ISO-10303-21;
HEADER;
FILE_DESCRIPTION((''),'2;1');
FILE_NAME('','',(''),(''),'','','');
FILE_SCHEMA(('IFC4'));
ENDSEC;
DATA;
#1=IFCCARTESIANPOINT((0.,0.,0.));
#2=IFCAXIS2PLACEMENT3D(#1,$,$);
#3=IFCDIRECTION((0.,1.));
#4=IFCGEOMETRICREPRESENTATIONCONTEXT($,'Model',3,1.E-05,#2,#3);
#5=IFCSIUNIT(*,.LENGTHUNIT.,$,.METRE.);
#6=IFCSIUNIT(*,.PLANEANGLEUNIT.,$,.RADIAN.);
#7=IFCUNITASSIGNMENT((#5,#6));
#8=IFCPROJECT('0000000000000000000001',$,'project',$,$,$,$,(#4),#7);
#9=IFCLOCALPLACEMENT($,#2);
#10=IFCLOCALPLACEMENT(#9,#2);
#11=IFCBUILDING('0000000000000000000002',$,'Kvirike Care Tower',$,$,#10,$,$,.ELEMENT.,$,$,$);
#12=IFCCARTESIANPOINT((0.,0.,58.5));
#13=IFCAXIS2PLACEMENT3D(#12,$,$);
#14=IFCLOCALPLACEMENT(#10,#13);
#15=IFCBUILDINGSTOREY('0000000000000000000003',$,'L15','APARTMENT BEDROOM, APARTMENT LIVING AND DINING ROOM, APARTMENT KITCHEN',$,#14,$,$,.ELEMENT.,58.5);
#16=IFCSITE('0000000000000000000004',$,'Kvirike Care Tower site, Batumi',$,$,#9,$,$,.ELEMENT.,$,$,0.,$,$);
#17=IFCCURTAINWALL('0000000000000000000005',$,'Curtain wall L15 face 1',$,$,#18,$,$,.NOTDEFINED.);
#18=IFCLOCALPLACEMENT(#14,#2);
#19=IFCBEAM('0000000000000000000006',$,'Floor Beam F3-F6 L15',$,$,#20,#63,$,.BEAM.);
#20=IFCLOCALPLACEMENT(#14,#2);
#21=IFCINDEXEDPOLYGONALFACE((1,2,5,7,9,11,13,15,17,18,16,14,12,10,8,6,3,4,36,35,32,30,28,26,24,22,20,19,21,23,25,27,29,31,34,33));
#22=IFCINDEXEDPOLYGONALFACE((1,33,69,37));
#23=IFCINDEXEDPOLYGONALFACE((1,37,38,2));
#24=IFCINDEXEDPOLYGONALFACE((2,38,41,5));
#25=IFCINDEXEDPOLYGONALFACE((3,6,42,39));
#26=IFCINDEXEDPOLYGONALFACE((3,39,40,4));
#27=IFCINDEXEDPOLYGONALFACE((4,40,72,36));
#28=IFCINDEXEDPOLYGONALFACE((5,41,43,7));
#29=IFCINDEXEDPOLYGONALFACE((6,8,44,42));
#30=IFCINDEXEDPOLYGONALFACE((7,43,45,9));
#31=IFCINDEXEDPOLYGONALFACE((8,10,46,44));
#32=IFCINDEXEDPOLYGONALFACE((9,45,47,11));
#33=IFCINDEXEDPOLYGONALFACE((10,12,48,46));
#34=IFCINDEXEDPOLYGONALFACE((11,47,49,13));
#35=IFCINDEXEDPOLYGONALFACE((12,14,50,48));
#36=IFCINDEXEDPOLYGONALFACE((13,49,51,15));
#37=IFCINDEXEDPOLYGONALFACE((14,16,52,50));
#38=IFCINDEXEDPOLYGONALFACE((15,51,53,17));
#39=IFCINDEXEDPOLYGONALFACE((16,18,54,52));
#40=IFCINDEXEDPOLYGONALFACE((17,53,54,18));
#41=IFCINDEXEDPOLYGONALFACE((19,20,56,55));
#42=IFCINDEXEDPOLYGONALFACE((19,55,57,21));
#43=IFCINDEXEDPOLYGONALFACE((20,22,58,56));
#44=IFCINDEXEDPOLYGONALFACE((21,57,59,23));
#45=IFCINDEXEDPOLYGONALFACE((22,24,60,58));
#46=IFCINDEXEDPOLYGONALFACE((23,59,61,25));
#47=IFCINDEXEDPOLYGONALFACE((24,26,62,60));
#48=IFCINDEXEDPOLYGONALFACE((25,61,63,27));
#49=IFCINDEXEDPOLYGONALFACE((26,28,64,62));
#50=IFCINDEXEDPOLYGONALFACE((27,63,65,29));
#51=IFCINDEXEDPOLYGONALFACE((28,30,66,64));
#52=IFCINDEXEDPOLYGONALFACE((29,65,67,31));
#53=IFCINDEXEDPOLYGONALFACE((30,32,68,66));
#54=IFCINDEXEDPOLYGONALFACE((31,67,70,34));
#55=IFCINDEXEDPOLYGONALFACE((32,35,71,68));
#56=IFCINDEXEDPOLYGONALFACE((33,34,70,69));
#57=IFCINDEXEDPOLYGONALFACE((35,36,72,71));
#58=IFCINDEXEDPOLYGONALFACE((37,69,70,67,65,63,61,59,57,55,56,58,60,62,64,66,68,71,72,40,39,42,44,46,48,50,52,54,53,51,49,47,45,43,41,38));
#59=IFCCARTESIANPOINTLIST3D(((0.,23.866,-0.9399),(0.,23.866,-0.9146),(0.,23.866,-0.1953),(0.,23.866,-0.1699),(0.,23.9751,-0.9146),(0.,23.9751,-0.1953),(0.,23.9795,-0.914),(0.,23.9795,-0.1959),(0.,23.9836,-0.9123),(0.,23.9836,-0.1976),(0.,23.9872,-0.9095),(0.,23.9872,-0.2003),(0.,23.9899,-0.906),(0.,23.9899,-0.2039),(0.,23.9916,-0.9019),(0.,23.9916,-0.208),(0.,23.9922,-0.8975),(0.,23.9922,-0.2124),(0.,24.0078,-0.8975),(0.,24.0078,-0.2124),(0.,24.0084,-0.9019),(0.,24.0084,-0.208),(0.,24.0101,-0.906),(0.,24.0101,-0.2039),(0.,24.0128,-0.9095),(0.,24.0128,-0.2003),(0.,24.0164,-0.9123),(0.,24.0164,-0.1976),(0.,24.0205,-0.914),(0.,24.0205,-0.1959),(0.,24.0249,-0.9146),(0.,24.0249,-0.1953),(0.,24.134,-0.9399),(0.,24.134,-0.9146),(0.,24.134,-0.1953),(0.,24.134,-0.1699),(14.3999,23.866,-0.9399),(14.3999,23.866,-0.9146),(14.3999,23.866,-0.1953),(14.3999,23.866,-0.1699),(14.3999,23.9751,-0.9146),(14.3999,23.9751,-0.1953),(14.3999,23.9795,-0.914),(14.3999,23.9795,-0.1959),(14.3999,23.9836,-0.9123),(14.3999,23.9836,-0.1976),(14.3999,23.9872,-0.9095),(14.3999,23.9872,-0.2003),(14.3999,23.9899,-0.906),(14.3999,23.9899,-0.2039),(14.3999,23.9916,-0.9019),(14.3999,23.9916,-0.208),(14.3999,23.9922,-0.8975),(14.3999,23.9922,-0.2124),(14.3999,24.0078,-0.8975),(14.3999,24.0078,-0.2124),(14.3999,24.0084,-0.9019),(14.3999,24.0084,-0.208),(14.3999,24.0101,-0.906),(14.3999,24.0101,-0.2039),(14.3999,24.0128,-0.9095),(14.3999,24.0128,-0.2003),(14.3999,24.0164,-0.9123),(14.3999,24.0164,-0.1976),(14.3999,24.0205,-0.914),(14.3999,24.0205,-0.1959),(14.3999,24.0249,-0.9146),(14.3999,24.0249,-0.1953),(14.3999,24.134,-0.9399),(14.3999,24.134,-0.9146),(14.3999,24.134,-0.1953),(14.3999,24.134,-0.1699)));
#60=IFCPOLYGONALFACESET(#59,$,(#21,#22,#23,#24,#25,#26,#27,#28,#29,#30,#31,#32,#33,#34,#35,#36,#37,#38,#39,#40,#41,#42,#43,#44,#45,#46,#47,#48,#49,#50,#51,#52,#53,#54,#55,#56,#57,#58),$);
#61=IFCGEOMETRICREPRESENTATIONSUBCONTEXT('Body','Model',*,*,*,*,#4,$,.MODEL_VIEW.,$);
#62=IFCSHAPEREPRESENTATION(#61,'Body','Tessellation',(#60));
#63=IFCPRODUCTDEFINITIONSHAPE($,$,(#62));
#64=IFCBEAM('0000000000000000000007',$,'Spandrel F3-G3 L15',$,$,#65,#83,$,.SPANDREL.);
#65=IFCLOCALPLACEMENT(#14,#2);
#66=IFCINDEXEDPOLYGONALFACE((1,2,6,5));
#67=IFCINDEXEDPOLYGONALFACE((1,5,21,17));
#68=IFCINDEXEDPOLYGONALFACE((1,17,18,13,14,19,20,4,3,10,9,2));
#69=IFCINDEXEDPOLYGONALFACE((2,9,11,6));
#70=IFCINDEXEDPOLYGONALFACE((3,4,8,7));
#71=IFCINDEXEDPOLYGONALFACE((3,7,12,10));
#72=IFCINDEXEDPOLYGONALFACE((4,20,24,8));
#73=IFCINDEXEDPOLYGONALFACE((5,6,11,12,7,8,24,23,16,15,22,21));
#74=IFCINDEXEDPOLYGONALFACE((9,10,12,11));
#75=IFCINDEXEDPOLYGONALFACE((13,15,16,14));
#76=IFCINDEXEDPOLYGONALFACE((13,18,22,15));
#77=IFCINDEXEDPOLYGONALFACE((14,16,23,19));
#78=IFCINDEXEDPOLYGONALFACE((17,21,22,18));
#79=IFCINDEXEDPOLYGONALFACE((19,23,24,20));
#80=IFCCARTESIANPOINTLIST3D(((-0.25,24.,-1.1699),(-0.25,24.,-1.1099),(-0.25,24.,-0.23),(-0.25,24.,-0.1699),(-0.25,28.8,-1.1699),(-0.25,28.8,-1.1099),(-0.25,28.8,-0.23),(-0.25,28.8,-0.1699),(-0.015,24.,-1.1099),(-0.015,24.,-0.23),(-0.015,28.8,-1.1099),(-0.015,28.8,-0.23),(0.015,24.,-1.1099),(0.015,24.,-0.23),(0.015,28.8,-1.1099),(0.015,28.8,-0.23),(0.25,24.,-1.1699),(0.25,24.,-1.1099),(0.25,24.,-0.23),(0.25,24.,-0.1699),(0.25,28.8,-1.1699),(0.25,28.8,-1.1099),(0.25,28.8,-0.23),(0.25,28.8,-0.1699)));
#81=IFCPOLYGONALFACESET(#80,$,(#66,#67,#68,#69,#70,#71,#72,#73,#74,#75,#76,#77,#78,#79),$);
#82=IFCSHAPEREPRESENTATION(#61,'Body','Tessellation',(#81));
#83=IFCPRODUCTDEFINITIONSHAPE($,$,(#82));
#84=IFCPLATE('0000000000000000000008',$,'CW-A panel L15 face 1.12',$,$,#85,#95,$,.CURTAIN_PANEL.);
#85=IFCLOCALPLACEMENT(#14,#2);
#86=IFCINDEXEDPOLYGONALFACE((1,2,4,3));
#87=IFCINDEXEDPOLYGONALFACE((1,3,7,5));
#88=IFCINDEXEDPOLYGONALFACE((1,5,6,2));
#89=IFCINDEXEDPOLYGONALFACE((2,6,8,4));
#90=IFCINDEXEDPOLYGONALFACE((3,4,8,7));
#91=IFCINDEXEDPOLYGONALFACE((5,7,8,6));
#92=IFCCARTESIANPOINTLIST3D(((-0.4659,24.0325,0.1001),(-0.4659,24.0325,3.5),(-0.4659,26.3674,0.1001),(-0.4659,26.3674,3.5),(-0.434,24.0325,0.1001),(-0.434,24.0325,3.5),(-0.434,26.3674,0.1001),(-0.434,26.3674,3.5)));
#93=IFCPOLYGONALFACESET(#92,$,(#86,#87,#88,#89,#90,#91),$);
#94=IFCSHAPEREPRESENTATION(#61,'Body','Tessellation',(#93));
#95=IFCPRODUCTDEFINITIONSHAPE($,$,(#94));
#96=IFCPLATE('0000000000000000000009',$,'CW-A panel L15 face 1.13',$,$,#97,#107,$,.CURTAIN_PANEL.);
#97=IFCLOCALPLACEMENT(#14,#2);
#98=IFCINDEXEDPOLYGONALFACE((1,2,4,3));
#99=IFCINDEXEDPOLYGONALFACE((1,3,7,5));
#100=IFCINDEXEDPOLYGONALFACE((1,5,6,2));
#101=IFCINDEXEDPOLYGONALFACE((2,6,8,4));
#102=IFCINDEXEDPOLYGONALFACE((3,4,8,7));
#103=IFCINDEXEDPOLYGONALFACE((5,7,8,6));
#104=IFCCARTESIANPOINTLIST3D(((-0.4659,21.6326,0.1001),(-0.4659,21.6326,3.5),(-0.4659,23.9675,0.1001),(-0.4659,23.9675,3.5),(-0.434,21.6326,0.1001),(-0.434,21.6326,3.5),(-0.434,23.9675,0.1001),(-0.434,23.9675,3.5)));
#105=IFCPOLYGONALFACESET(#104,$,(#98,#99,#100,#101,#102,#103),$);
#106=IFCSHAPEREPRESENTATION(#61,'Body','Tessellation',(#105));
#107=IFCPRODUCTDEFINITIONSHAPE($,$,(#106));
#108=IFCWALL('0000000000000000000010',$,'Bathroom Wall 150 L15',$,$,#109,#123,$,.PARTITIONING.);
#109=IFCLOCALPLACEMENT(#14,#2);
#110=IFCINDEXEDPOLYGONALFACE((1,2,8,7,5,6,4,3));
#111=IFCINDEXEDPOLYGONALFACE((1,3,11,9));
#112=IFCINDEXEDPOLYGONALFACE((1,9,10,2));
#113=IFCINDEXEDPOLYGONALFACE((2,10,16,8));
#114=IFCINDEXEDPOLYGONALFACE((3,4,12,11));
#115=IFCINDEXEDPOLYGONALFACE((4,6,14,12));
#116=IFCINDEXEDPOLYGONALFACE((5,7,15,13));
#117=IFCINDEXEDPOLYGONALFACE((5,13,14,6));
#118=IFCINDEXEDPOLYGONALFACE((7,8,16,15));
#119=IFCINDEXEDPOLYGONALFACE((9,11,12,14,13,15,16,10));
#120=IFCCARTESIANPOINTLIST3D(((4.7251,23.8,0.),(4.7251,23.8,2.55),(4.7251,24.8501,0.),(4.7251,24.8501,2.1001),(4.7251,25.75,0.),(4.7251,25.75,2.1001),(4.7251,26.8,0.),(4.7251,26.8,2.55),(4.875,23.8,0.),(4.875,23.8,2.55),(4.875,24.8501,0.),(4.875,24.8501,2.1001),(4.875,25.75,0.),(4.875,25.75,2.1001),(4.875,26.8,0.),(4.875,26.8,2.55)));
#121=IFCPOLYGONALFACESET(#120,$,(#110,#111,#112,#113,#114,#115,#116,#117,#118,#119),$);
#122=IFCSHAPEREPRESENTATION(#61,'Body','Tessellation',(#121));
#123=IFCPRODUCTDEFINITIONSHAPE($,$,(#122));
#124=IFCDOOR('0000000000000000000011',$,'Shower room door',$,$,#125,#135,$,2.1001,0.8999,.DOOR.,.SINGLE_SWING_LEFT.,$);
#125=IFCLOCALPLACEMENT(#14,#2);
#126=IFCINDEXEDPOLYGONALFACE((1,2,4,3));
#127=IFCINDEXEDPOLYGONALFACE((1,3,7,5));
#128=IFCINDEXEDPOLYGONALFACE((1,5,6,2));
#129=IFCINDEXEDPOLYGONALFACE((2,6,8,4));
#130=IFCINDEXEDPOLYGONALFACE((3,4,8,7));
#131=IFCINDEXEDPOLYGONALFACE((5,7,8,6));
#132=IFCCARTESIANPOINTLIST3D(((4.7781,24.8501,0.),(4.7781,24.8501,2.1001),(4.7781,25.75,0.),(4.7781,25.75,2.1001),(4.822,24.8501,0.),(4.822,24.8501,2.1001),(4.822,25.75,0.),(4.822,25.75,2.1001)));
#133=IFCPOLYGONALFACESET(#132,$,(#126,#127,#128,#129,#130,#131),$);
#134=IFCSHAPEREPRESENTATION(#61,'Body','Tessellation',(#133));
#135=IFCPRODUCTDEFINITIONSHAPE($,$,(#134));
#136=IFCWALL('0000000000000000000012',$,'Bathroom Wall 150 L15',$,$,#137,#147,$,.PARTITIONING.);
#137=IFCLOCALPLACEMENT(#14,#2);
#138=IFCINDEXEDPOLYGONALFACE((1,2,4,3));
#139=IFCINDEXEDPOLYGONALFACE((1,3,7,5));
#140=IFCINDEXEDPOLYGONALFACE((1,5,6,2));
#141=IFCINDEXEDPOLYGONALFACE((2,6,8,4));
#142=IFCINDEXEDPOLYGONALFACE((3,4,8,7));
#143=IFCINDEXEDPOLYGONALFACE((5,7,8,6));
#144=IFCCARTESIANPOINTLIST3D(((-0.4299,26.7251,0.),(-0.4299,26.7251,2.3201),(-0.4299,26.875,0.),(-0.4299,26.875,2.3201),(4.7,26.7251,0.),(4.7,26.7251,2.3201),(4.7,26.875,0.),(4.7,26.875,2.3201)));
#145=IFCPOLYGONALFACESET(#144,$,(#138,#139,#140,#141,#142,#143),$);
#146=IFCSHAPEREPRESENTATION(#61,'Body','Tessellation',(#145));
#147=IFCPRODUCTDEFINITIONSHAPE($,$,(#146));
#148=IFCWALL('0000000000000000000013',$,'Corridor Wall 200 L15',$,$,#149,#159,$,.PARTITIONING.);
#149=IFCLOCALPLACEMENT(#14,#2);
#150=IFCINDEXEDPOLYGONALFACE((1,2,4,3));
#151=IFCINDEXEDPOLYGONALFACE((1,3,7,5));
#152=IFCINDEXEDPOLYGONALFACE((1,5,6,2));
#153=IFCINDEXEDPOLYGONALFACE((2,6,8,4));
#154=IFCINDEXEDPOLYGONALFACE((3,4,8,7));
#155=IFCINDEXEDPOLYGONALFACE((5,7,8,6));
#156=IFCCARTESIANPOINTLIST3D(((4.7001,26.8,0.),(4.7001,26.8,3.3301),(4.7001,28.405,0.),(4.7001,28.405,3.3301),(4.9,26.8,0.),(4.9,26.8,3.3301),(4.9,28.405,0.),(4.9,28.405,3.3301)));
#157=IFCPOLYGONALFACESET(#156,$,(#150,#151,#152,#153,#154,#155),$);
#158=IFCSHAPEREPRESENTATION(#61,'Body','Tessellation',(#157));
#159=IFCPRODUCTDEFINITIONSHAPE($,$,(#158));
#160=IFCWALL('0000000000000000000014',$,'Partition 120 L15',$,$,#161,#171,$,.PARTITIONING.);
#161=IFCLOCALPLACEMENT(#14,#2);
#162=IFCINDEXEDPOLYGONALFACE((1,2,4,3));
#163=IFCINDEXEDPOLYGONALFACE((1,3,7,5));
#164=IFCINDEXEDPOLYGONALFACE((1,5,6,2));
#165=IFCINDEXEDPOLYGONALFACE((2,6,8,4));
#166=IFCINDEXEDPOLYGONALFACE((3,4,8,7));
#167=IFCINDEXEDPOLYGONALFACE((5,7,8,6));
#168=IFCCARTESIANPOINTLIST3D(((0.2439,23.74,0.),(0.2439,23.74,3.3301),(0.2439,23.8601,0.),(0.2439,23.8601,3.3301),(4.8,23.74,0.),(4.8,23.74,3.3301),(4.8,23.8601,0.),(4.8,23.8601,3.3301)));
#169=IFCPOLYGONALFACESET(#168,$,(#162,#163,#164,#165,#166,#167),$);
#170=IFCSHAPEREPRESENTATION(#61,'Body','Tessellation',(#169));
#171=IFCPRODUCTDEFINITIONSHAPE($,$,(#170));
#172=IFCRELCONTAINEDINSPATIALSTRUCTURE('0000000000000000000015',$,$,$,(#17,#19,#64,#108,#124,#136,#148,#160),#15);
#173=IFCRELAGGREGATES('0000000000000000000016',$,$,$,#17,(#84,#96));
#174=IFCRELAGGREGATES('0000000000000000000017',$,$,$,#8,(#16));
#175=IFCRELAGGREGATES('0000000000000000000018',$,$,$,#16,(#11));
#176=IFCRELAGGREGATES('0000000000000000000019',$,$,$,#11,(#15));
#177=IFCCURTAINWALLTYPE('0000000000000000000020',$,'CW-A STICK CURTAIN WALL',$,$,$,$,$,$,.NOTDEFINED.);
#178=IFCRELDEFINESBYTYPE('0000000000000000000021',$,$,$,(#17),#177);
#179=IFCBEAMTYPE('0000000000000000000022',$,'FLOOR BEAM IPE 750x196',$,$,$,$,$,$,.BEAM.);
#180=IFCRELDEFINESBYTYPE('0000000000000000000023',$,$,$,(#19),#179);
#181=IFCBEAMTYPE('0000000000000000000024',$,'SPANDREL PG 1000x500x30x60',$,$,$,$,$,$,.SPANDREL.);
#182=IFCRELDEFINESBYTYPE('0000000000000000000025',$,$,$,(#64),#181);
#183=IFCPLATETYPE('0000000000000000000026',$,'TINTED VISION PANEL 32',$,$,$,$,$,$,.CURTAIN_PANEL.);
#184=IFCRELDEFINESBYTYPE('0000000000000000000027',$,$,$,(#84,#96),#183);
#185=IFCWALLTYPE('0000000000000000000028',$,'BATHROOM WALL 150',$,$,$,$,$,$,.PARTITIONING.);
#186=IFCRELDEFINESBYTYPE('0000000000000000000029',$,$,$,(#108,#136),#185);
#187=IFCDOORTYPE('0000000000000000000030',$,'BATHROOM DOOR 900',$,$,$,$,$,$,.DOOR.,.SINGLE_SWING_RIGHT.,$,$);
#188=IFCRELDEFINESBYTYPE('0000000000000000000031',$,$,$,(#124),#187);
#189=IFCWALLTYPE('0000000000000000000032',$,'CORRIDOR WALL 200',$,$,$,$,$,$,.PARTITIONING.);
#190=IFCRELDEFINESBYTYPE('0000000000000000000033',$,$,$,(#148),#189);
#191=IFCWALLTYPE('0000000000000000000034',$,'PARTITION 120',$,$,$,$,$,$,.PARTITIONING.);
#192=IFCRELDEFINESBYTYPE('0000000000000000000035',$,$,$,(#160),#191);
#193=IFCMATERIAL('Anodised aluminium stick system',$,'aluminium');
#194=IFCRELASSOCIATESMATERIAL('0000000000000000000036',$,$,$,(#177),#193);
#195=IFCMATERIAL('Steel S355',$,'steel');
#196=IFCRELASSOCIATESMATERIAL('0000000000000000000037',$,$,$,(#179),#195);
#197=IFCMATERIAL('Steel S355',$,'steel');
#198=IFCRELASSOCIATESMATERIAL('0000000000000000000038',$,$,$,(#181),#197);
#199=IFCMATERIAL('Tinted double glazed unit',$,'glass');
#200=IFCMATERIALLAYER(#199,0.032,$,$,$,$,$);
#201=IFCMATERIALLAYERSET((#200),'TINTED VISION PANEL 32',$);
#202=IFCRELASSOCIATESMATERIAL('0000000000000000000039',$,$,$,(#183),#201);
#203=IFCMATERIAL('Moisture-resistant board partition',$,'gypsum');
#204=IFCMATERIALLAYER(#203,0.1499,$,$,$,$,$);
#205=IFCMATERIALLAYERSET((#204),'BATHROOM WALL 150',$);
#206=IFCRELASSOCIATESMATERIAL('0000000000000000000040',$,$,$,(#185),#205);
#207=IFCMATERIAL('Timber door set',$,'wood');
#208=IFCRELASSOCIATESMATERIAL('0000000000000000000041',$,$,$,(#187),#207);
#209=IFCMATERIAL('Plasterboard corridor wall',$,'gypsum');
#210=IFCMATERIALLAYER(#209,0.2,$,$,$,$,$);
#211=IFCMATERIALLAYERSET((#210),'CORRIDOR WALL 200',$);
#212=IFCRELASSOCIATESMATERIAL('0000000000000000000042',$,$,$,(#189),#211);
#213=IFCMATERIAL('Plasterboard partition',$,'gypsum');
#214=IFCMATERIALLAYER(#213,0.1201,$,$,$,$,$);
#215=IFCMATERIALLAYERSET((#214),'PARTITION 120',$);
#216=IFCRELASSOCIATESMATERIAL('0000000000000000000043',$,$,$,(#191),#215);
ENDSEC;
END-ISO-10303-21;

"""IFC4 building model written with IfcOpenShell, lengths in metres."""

from ifc_helpers import new_model, si_unit, direction, frame, frame_2d, origin, origin_2d, place, context, subcontext, project, spatial, rectangle, i_section, extrude, material, layer, layer_set, material_profile, profile_set, type_object, element, fill, aggregate, save


model = new_model("IFC4")

# Units and contexts
model_context = context("Model", 3, precision=1e-05, world=origin(), true_north=direction((0.0, 1.0)))
body_context = subcontext(model_context, "Body", "Model", "MODEL_VIEW")
ifc_project = project(units=[si_unit("LENGTHUNIT", "METRE"), si_unit("PLANEANGLEUNIT", "RADIAN")], contexts=[model_context])

# Site, building, storey
site_placement = place(None, origin())
site = spatial("IfcSite", under=ifc_project, at=site_placement, Name="Kvirike Care Tower site, Batumi", CompositionType="ELEMENT", RefElevation=0.0)
building_placement = place(site_placement, origin())
building = spatial("IfcBuilding", under=site, at=building_placement, Name="Kvirike Care Tower", CompositionType="ELEMENT")
storey_placement = place(building_placement, frame((0.0, 0.0, 58.5)))
storey = spatial("IfcBuildingStorey", under=building, at=storey_placement, Name="L15", Description="APARTMENT BEDROOM, APARTMENT LIVING AND DINING ROOM, APARTMENT KITCHEN", CompositionType="ELEMENT", Elevation=58.5)

# Curtain wall
ifc_material_1 = material(Name="Anodised aluminium stick system", Category="aluminium")
curtain_wall_type = type_object("IfcCurtainWallType", Name="CW-A STICK CURTAIN WALL", PredefinedType="NOTDEFINED", material=ifc_material_1)
curtain_wall_placement = place(storey_placement, origin())
curtain_wall = element("IfcCurtainWall", 1, at=curtain_wall_placement, inside=storey, type_object=curtain_wall_type, Name="Curtain wall L15 face 1", PredefinedType="NOTDEFINED")

# Beams
ifc_material_2 = material(Name="Steel S355", Category="steel")
ifc_material_profile_1 = material_profile(ifc_material_2, i_section(OverallWidth=0.2681, OverallDepth=0.77, WebThickness=0.0156, FlangeThickness=0.0254, FilletRadius=0.0171, at=origin_2d()), Name="IPE 750x196")
ifc_profile_set_1 = profile_set([ifc_material_profile_1], Name="Steel S355")
beam_type_1 = type_object("IfcBeamType", Name="FLOOR BEAM IPE 750x196", PredefinedType="BEAM", material=ifc_profile_set_1)
beam_1_placement = place(storey_placement, frame((0.0, 24.0, -0.5549), z_axis=(1.0, 0.0, 0.0), x_axis=(0.0, 1.0, 0.0)))
element("IfcBeam", 2, at=beam_1_placement, inside=storey, type_object=beam_type_1, Name="Floor Beam F3-F6 L15", PredefinedType="BEAM", context=body_context, shape_type="SweptSolid", body=[
    extrude(i_section(OverallWidth=0.2681, OverallDepth=0.77, WebThickness=0.0156, FlangeThickness=0.0254, FilletRadius=0.0171, at=origin_2d()), origin(), (0.0, 0.0, 1.0), 14.3999),
])
ifc_material_3 = material(Name="Steel S355", Category="steel")
ifc_material_profile_2 = material_profile(ifc_material_3, i_section(OverallWidth=0.5, OverallDepth=1.0, WebThickness=0.03, FlangeThickness=0.0601, at=origin_2d()), Name="PG 1000x500x30x60")
ifc_profile_set_2 = profile_set([ifc_material_profile_2], Name="Steel S355")
beam_type_2 = type_object("IfcBeamType", Name="SPANDREL PG 1000x500x30x60", PredefinedType="SPANDREL", material=ifc_profile_set_2)
beam_2_placement = place(storey_placement, frame((0.0, 24.0, -0.6699), z_axis=(0.0, 1.0, 0.0), x_axis=(-1.0, 0.0, 0.0)))
element("IfcBeam", 3, at=beam_2_placement, inside=storey, type_object=beam_type_2, Name="Spandrel F3-G3 L15", PredefinedType="SPANDREL", context=body_context, shape_type="SweptSolid", body=[
    extrude(i_section(OverallWidth=0.5, OverallDepth=1.0, WebThickness=0.03, FlangeThickness=0.0601, at=origin_2d()), origin(), (0.0, 0.0, 1.0), 4.8),
])

# Plates
ifc_material_4 = material(Name="Tinted double glazed unit", Category="glass")
ifc_layer_1 = layer(ifc_material_4, 0.032)
ifc_layer_set_1 = layer_set([ifc_layer_1], Name="TINTED VISION PANEL 32")
plate_type = type_object("IfcPlateType", Name="TINTED VISION PANEL 32", PredefinedType="CURTAIN_PANEL", material=ifc_layer_set_1)
plate_1_placement = place(storey_placement, frame((-0.45, 25.2, 0.1001), z_axis=(0.0, 0.0, 1.0), x_axis=(0.0, -1.0, 0.0)))
plate_1 = element("IfcPlate", 4, at=plate_1_placement, type_object=plate_type, Name="CW-A panel L15 face 1.12", PredefinedType="CURTAIN_PANEL", context=body_context, shape_type="SweptSolid", body=[
    extrude(rectangle(XDim=2.335, YDim=0.032, at=origin_2d()), origin(), (0.0, 0.0, 1.0), 3.3999),
])
plate_2_placement = place(storey_placement, frame((-0.45, 22.8, 0.1001), z_axis=(0.0, 0.0, 1.0), x_axis=(0.0, -1.0, 0.0)))
plate_2 = element("IfcPlate", 5, at=plate_2_placement, type_object=plate_type, Name="CW-A panel L15 face 1.13", PredefinedType="CURTAIN_PANEL", context=body_context, shape_type="SweptSolid", body=[
    extrude(rectangle(XDim=2.335, YDim=0.032, at=origin_2d()), origin(), (0.0, 0.0, 1.0), 3.3999),
])
aggregate(curtain_wall, [plate_1, plate_2])

# Wall, opening, door
ifc_material_5 = material(Name="Moisture-resistant board partition", Category="gypsum")
ifc_layer_2 = layer(ifc_material_5, 0.1499)
ifc_layer_set_2 = layer_set([ifc_layer_2], Name="BATHROOM WALL 150")
wall_type_1 = type_object("IfcWallType", Name="BATHROOM WALL 150", PredefinedType="PARTITIONING", material=ifc_layer_set_2)
wall_1_placement = place(storey_placement, frame((4.8, 23.8, 0.0), z_axis=(0.0, 0.0, 1.0), x_axis=(0.0, 1.0, 0.0)))
wall_1 = element("IfcWall", 6, at=wall_1_placement, inside=storey, type_object=wall_type_1, Name="Bathroom Wall 150 L15", PredefinedType="PARTITIONING", context=body_context, shape_type="SweptSolid", body=[
    extrude(rectangle(XDim=3.0, YDim=0.1499, at=frame_2d((1.5, 0.0))), origin(), (0.0, 0.0, 1.0), 2.55),
])
opening_1_placement = place(wall_1_placement, frame((1.05, 0.0, 0.0)))
opening_1 = element("IfcOpeningElement", 7, at=opening_1_placement, cuts=wall_1, PredefinedType="OPENING", context=body_context, shape_type="SweptSolid", body=[
    extrude(rectangle(XDim=0.8999, YDim=2.1001, at=frame_2d((0.45, 1.05))), frame((0.0, 0.0854, 0.0), z_axis=(0.0, -1.0, 0.0), x_axis=(1.0, 0.0, 0.0)), (0.0, 0.0, 1.0), 0.1709),
])
ifc_material_6 = material(Name="Timber door set", Category="wood")
door_type_1 = type_object("IfcDoorType", Name="BATHROOM DOOR 900", OperationType="SINGLE_SWING_RIGHT", PredefinedType="DOOR", material=ifc_material_6)
door_1_placement = place(opening_1_placement, origin())
door_1 = element("IfcDoor", 8, at=door_1_placement, inside=storey, type_object=door_type_1, Name="Shower room door", OperationType="SINGLE_SWING_LEFT", OverallHeight=2.1001, OverallWidth=0.8999, PredefinedType="DOOR", context=body_context, shape_type="SweptSolid", body=[
    extrude(rectangle(XDim=0.8999, YDim=2.1001, at=frame_2d((0.45, 1.05))), frame((0.0, 0.022, 0.0), z_axis=(0.0, -1.0, 0.0), x_axis=(1.0, 0.0, 0.0)), (0.0, 0.0, 1.0), 0.0439),
])
fill(opening_1, door_1)

# Walls
wall_2_placement = place(storey_placement, frame((-0.4299, 26.8, 0.0), z_axis=(0.0, 0.0, 1.0), x_axis=(1.0, 0.0, 0.0)))
element("IfcWall", 9, at=wall_2_placement, inside=storey, type_object=wall_type_1, Name="Bathroom Wall 150 L15", PredefinedType="PARTITIONING", context=body_context, shape_type="SweptSolid", body=[
    extrude(rectangle(XDim=5.1299, YDim=0.1499, at=frame_2d((2.5649, 0.0))), origin(), (0.0, 0.0, 1.0), 2.3201),
])
ifc_material_7 = material(Name="Plasterboard corridor wall", Category="gypsum")
ifc_layer_3 = layer(ifc_material_7, 0.2)
ifc_layer_set_3 = layer_set([ifc_layer_3], Name="CORRIDOR WALL 200")
wall_type_2 = type_object("IfcWallType", Name="CORRIDOR WALL 200", PredefinedType="PARTITIONING", material=ifc_layer_set_3)
wall_3_placement = place(storey_placement, frame((4.8, 26.8, 0.0), z_axis=(0.0, 0.0, 1.0), x_axis=(0.0, 1.0, 0.0)))
element("IfcWall", 10, at=wall_3_placement, inside=storey, type_object=wall_type_2, Name="Corridor Wall 200 L15", PredefinedType="PARTITIONING", context=body_context, shape_type="SweptSolid", body=[
    extrude(rectangle(XDim=1.605, YDim=0.2, at=frame_2d((0.8025, 0.0))), origin(), (0.0, 0.0, 1.0), 3.3301),
])
ifc_material_8 = material(Name="Plasterboard partition", Category="gypsum")
ifc_layer_4 = layer(ifc_material_8, 0.1201)
ifc_layer_set_4 = layer_set([ifc_layer_4], Name="PARTITION 120")
wall_type_3 = type_object("IfcWallType", Name="PARTITION 120", PredefinedType="PARTITIONING", material=ifc_layer_set_4)
wall_4_placement = place(storey_placement, frame((0.2439, 23.8, 0.0), z_axis=(0.0, 0.0, 1.0), x_axis=(1.0, 0.0, 0.0)))
element("IfcWall", 11, at=wall_4_placement, inside=storey, type_object=wall_type_3, Name="Partition 120 L15", PredefinedType="PARTITIONING", context=body_context, shape_type="SweptSolid", body=[
    extrude(rectangle(XDim=4.5562, YDim=0.1201, at=frame_2d((2.2781, 0.0))), origin(), (0.0, 0.0, 1.0), 3.3301),
])

save(model, "model.ifc")
